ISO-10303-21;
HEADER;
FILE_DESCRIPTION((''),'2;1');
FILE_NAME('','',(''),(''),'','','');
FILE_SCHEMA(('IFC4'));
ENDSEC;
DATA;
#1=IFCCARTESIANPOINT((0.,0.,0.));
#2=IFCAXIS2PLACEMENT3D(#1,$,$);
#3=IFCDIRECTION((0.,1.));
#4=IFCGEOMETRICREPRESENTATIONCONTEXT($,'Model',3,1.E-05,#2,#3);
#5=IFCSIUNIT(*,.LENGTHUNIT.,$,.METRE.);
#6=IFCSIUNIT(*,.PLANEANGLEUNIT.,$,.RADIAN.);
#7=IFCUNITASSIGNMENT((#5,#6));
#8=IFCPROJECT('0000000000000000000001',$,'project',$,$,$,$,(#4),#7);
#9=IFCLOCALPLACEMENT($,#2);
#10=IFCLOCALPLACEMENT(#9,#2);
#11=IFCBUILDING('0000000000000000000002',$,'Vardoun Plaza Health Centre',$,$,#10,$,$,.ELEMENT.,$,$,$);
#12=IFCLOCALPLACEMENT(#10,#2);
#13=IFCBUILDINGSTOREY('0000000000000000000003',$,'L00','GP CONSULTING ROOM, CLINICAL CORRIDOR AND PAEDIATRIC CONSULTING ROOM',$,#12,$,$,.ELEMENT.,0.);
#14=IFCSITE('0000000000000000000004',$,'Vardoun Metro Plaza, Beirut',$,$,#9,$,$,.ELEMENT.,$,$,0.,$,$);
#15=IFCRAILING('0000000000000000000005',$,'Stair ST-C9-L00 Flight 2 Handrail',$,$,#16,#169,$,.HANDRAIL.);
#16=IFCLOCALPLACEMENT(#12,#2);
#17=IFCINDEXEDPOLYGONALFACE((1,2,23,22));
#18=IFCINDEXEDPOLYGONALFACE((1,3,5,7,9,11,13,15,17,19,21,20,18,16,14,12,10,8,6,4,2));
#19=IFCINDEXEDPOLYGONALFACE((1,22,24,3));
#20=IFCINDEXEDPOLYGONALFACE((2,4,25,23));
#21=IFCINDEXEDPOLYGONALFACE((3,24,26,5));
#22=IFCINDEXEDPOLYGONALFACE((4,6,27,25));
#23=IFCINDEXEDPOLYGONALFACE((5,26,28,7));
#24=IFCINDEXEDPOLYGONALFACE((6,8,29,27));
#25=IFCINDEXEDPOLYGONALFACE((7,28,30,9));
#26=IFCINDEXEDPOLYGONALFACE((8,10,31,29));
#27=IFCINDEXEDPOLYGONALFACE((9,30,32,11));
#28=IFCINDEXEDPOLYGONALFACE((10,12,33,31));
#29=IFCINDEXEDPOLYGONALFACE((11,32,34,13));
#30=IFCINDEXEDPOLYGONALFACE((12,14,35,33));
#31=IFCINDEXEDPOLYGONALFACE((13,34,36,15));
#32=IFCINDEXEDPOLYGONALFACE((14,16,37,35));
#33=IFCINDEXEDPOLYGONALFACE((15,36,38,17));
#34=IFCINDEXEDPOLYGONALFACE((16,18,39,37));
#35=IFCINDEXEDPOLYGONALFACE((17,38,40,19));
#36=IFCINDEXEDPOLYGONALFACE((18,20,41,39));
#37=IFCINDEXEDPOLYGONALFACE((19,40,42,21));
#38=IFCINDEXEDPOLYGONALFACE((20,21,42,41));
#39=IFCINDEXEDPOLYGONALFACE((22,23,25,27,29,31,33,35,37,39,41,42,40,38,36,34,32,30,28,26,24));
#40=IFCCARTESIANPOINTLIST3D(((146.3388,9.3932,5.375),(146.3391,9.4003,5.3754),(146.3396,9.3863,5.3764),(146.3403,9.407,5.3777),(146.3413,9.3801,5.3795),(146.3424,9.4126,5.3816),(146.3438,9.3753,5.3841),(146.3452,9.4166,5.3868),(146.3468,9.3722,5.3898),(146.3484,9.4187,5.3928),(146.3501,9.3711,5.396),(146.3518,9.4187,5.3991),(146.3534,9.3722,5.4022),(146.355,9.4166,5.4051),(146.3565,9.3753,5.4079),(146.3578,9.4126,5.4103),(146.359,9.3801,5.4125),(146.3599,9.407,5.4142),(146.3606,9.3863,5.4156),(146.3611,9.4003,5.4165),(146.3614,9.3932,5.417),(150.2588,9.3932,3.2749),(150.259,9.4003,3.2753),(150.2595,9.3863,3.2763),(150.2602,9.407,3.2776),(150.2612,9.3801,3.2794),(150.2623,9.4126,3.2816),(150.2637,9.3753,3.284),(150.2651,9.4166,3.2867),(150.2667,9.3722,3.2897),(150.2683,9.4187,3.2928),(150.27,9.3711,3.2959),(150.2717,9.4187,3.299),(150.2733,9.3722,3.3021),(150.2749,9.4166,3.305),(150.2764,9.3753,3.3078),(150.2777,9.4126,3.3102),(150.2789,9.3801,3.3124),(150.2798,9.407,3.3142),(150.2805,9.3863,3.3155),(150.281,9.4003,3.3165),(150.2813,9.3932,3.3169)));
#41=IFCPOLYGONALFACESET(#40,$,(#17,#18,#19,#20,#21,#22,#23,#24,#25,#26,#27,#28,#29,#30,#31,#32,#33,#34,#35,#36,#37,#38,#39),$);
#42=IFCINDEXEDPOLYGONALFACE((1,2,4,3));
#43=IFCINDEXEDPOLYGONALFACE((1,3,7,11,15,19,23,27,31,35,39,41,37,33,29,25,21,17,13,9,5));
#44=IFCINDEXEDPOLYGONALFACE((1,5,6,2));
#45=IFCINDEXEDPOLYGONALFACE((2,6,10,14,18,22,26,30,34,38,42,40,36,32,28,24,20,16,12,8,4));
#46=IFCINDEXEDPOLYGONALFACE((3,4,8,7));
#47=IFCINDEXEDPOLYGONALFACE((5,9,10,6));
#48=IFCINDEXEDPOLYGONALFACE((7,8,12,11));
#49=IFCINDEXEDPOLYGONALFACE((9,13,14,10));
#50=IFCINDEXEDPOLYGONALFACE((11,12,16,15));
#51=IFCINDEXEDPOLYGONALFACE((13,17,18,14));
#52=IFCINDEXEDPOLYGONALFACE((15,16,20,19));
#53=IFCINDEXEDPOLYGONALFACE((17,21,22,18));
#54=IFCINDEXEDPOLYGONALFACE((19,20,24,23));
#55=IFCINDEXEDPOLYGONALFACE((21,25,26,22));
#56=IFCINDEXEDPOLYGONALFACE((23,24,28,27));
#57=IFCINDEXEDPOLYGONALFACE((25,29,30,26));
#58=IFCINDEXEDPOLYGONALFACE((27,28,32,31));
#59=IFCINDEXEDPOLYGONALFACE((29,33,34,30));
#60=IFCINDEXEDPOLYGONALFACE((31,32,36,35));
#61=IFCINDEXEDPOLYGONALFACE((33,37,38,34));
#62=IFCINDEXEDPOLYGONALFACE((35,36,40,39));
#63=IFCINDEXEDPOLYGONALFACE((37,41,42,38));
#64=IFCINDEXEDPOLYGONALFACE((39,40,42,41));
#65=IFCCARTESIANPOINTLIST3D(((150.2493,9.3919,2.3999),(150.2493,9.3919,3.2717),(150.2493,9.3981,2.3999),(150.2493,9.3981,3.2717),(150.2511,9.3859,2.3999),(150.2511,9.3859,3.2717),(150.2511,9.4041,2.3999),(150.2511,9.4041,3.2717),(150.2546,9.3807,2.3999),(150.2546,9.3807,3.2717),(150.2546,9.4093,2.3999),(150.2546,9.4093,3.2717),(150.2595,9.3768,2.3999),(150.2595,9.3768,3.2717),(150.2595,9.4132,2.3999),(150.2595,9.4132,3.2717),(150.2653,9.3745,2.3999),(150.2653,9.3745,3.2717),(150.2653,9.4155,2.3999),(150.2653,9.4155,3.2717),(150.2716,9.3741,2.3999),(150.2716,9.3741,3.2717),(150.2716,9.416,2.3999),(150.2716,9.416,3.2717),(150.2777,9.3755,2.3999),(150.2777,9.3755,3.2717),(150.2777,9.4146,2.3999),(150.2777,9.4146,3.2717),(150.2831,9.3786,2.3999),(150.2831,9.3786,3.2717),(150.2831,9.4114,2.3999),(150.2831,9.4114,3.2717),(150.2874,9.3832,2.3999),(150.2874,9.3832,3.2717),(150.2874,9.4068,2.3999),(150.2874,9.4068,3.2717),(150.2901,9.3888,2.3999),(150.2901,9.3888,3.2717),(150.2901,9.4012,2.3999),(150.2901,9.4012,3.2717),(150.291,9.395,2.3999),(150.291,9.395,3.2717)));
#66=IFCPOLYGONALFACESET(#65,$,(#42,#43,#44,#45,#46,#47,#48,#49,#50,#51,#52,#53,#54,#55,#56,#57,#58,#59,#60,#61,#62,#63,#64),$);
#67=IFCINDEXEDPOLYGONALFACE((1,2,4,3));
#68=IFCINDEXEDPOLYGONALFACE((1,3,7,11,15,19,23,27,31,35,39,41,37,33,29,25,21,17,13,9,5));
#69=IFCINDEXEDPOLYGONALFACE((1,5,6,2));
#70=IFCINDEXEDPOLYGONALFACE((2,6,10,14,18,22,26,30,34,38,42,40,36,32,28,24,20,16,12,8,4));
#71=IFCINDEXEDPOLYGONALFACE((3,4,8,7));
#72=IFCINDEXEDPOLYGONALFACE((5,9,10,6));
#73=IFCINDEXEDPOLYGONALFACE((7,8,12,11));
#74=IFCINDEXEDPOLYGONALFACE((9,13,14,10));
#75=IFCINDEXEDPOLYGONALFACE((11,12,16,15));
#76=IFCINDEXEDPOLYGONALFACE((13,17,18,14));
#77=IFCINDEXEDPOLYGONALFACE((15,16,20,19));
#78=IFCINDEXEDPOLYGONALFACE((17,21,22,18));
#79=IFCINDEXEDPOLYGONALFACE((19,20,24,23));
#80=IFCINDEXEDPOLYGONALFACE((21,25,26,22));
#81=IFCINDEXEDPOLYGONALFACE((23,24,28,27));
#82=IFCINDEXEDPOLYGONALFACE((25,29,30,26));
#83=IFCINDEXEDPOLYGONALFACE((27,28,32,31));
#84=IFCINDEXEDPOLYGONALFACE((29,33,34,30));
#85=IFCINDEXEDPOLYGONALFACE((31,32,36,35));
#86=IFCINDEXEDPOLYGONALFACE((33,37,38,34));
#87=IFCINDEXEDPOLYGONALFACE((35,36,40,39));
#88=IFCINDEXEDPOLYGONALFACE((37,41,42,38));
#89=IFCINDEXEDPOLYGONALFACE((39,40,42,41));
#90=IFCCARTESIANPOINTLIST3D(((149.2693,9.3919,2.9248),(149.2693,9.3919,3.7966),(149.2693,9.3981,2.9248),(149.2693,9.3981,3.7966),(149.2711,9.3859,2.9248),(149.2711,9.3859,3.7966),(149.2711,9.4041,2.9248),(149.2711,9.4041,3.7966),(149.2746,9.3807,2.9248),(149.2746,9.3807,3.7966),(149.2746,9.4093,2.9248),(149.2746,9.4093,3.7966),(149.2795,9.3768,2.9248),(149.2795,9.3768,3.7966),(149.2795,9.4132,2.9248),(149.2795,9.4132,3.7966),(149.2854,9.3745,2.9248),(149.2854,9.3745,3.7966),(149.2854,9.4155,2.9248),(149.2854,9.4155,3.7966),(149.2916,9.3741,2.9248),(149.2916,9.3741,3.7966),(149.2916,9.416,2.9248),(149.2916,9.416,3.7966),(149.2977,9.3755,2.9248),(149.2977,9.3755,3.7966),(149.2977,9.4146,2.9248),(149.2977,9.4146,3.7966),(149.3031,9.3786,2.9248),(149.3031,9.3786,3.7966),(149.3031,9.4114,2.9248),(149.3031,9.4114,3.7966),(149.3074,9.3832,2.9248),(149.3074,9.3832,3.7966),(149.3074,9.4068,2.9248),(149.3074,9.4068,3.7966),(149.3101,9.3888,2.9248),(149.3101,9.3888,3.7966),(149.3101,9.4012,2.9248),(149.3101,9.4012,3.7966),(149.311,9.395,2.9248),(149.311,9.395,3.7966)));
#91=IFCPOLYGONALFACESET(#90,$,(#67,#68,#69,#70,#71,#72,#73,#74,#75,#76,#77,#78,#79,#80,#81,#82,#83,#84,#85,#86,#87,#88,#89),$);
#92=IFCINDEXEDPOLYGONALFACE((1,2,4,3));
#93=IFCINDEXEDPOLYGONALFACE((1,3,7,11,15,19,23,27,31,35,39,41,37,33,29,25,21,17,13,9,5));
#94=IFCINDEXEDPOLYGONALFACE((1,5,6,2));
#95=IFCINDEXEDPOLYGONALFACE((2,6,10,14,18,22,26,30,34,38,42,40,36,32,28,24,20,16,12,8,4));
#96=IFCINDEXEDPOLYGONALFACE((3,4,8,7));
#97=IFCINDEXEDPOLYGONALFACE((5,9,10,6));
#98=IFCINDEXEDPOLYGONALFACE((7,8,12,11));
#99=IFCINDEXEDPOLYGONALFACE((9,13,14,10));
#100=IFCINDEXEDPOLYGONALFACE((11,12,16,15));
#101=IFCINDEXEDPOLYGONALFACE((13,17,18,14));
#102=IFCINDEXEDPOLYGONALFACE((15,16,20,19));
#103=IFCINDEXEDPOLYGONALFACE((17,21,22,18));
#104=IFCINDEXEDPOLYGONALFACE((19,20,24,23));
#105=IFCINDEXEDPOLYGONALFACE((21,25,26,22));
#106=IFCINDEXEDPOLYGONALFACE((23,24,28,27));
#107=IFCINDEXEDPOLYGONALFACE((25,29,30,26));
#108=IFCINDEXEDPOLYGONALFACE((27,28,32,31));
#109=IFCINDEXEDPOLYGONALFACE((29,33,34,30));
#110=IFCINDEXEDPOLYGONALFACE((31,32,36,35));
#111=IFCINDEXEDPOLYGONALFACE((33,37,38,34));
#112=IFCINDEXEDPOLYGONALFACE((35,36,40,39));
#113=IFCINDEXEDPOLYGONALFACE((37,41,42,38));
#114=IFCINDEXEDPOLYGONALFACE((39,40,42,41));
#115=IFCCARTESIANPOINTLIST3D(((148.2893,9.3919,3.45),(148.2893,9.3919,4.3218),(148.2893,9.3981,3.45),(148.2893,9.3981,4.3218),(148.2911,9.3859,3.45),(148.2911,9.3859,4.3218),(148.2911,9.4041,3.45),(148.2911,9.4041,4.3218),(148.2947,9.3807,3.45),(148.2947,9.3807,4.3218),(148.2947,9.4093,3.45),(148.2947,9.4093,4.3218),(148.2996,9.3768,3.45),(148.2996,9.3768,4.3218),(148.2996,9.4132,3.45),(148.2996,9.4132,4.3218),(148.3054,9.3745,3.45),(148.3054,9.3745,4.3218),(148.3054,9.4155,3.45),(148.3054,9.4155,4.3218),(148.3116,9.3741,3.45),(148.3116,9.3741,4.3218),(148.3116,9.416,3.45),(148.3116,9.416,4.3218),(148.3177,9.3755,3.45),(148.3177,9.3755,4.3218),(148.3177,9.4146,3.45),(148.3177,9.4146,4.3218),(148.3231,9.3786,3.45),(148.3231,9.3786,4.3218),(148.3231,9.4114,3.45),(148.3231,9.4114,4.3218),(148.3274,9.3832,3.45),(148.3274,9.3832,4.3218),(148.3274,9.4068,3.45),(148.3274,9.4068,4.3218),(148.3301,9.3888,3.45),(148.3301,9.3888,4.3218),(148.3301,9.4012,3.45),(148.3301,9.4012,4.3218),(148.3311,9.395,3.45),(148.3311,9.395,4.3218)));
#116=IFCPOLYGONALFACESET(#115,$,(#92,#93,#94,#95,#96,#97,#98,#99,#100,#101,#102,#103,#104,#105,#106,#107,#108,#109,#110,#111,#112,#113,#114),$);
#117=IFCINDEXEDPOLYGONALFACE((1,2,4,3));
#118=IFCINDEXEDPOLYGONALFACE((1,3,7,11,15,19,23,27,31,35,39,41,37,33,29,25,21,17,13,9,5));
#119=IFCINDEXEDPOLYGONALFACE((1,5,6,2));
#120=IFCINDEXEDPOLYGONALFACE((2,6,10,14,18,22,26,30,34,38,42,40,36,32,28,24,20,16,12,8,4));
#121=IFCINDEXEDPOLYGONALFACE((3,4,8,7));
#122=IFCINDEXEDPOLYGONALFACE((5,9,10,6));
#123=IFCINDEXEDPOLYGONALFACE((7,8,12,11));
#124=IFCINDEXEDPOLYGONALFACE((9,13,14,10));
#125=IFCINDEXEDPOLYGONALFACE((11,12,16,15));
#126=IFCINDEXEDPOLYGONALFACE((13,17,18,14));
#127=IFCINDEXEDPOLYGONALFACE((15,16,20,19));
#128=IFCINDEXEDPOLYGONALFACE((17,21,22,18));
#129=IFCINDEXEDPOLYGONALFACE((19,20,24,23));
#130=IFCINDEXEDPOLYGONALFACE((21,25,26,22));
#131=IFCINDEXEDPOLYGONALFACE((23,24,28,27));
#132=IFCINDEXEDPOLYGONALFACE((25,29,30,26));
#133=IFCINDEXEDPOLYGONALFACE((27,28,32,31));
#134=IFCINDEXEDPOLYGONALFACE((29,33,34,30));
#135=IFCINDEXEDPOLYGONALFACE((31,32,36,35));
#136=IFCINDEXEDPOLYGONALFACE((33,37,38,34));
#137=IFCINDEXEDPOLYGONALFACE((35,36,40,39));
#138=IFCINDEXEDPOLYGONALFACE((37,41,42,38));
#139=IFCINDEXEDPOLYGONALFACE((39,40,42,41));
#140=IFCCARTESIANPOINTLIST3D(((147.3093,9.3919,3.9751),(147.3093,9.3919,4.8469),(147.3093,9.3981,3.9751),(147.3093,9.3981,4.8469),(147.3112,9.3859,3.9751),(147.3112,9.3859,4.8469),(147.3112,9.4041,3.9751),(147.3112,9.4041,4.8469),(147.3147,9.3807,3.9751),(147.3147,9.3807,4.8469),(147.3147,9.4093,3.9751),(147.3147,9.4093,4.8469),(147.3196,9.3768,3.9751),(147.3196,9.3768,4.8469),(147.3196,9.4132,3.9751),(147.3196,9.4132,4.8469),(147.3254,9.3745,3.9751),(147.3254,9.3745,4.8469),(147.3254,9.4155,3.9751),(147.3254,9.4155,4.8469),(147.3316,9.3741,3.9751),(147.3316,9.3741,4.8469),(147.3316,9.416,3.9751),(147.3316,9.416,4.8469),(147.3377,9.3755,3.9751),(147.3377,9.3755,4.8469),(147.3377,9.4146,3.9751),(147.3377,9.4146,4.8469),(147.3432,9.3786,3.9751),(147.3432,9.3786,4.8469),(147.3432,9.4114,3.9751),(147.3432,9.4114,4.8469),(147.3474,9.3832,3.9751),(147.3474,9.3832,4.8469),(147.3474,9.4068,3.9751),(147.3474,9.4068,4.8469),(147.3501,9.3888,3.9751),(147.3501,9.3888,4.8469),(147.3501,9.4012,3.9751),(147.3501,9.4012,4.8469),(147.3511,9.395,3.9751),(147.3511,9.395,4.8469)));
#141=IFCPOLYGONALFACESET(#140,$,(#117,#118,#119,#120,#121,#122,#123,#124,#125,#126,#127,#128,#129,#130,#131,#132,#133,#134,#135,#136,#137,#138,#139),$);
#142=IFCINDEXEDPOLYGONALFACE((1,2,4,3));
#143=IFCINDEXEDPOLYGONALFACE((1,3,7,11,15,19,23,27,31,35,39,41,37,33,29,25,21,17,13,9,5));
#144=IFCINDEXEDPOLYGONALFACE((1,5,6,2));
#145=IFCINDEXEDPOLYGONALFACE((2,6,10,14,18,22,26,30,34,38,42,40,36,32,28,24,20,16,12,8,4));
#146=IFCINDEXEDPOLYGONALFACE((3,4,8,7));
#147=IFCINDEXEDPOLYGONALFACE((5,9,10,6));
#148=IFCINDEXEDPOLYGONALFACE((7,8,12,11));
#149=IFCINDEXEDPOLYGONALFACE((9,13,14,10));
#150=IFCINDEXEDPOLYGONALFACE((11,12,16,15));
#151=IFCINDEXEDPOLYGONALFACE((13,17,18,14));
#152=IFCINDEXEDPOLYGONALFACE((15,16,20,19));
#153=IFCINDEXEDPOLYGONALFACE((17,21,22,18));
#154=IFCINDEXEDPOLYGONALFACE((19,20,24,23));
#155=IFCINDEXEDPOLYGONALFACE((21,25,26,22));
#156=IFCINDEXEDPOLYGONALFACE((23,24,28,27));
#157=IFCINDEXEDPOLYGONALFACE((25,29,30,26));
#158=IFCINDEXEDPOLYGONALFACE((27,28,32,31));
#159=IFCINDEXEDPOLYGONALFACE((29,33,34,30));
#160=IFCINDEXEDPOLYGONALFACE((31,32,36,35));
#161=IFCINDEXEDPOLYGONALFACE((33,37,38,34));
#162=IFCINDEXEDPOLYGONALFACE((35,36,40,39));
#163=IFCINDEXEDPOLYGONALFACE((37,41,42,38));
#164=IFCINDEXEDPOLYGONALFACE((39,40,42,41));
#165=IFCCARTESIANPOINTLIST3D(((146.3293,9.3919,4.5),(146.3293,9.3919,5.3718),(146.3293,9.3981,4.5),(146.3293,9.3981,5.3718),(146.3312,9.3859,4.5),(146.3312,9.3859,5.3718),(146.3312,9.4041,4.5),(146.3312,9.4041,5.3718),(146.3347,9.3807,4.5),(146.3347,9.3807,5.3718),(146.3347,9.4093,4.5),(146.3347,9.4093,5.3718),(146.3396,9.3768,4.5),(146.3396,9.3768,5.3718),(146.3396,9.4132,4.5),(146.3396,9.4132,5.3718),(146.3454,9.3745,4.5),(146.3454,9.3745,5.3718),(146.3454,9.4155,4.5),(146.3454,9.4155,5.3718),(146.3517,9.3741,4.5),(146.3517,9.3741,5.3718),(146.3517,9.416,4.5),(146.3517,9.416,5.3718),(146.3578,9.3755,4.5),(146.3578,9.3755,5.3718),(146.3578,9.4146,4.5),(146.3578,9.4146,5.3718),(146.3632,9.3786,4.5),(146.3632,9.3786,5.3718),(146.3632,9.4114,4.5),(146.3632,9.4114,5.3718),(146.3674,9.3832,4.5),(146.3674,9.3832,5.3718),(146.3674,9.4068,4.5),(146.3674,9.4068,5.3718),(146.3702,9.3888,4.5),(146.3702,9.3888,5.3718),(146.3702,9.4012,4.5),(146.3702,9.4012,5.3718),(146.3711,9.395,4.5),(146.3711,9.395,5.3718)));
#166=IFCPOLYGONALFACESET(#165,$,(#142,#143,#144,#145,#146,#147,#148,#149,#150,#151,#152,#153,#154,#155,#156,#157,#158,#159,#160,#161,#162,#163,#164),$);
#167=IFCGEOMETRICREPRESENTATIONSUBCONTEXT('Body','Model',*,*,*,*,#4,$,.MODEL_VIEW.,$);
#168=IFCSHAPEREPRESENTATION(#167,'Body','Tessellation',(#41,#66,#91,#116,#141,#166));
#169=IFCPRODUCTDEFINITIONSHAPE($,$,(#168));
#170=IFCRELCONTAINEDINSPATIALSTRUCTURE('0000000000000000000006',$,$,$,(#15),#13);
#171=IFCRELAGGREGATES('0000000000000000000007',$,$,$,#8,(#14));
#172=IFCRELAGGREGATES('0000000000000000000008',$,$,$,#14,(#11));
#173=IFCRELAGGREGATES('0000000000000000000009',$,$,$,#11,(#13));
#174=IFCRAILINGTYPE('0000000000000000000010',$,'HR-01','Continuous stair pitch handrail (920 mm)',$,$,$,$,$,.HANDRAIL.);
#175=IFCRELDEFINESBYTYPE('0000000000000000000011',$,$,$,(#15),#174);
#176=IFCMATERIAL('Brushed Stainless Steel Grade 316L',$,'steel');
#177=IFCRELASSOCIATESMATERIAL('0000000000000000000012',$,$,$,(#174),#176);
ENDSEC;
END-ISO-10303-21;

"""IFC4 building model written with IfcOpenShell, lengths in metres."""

from ifc_helpers import new_model, si_unit, direction, frame, origin, origin_2d, place, context, subcontext, project, spatial, circle, extrude, material, type_object, element, save


model = new_model("IFC4")

# Units and contexts
model_context = context("Model", 3, precision=1e-05, world=origin(), true_north=direction((0.0, 1.0)))
body_context = subcontext(model_context, "Body", "Model", "MODEL_VIEW")
ifc_project = project(units=[si_unit("LENGTHUNIT", "METRE"), si_unit("PLANEANGLEUNIT", "RADIAN")], contexts=[model_context])

# Site, building, storey
site_placement = place(None, origin())
site = spatial("IfcSite", under=ifc_project, at=site_placement, Name="Vardoun Metro Plaza, Beirut", CompositionType="ELEMENT", RefElevation=0.0)
building_placement = place(site_placement, origin())
building = spatial("IfcBuilding", under=site, at=building_placement, Name="Vardoun Plaza Health Centre", CompositionType="ELEMENT")
storey_placement = place(building_placement, origin())
storey = spatial("IfcBuildingStorey", under=building, at=storey_placement, Name="L00", Description="GP CONSULTING ROOM, CLINICAL CORRIDOR AND PAEDIATRIC CONSULTING ROOM", CompositionType="ELEMENT", Elevation=0.0)

# Railing
ifc_material_1 = material(Name="Brushed Stainless Steel Grade 316L", Category="steel")
railing_type_1 = type_object("IfcRailingType", Name="HR-01", Description="Continuous stair pitch handrail (920 mm)", PredefinedType="HANDRAIL", material=ifc_material_1)
railing_1_placement = place(storey_placement, frame((150.27, 9.395, 2.3999)))
element("IfcRailing", 1, at=railing_1_placement, inside=storey, type_object=railing_type_1, Name="Stair ST-C9-L00 Flight 2 Handrail", PredefinedType="HANDRAIL", context=body_context, shape_type="SweptSolid", body=[
    extrude(circle(Radius=0.0239, at=origin_2d()), frame((0.0, 0.0, 0.896), z_axis=(-0.881467, 0.0, 0.472246), x_axis=(0.0, -1.0, 0.0)), (0.0, 0.0, 1.0), 4.447),
    extrude(circle(Radius=0.021, at=origin_2d()), origin(), (0.0, 0.0, 1.0), 0.8718),
    extrude(circle(Radius=0.021, at=origin_2d()), frame((-0.98, 0.0, 0.5249)), (0.0, 0.0, 1.0), 0.8718),
    extrude(circle(Radius=0.021, at=origin_2d()), frame((-1.96, 0.0, 1.05)), (0.0, 0.0, 1.0), 0.8718),
    extrude(circle(Radius=0.021, at=origin_2d()), frame((-2.9399, 0.0, 1.5752)), (0.0, 0.0, 1.0), 0.8718),
    extrude(circle(Radius=0.021, at=origin_2d()), frame((-3.9199, 0.0, 2.1001)), (0.0, 0.0, 1.0), 0.8718),
])

save(model, "model.ifc")
